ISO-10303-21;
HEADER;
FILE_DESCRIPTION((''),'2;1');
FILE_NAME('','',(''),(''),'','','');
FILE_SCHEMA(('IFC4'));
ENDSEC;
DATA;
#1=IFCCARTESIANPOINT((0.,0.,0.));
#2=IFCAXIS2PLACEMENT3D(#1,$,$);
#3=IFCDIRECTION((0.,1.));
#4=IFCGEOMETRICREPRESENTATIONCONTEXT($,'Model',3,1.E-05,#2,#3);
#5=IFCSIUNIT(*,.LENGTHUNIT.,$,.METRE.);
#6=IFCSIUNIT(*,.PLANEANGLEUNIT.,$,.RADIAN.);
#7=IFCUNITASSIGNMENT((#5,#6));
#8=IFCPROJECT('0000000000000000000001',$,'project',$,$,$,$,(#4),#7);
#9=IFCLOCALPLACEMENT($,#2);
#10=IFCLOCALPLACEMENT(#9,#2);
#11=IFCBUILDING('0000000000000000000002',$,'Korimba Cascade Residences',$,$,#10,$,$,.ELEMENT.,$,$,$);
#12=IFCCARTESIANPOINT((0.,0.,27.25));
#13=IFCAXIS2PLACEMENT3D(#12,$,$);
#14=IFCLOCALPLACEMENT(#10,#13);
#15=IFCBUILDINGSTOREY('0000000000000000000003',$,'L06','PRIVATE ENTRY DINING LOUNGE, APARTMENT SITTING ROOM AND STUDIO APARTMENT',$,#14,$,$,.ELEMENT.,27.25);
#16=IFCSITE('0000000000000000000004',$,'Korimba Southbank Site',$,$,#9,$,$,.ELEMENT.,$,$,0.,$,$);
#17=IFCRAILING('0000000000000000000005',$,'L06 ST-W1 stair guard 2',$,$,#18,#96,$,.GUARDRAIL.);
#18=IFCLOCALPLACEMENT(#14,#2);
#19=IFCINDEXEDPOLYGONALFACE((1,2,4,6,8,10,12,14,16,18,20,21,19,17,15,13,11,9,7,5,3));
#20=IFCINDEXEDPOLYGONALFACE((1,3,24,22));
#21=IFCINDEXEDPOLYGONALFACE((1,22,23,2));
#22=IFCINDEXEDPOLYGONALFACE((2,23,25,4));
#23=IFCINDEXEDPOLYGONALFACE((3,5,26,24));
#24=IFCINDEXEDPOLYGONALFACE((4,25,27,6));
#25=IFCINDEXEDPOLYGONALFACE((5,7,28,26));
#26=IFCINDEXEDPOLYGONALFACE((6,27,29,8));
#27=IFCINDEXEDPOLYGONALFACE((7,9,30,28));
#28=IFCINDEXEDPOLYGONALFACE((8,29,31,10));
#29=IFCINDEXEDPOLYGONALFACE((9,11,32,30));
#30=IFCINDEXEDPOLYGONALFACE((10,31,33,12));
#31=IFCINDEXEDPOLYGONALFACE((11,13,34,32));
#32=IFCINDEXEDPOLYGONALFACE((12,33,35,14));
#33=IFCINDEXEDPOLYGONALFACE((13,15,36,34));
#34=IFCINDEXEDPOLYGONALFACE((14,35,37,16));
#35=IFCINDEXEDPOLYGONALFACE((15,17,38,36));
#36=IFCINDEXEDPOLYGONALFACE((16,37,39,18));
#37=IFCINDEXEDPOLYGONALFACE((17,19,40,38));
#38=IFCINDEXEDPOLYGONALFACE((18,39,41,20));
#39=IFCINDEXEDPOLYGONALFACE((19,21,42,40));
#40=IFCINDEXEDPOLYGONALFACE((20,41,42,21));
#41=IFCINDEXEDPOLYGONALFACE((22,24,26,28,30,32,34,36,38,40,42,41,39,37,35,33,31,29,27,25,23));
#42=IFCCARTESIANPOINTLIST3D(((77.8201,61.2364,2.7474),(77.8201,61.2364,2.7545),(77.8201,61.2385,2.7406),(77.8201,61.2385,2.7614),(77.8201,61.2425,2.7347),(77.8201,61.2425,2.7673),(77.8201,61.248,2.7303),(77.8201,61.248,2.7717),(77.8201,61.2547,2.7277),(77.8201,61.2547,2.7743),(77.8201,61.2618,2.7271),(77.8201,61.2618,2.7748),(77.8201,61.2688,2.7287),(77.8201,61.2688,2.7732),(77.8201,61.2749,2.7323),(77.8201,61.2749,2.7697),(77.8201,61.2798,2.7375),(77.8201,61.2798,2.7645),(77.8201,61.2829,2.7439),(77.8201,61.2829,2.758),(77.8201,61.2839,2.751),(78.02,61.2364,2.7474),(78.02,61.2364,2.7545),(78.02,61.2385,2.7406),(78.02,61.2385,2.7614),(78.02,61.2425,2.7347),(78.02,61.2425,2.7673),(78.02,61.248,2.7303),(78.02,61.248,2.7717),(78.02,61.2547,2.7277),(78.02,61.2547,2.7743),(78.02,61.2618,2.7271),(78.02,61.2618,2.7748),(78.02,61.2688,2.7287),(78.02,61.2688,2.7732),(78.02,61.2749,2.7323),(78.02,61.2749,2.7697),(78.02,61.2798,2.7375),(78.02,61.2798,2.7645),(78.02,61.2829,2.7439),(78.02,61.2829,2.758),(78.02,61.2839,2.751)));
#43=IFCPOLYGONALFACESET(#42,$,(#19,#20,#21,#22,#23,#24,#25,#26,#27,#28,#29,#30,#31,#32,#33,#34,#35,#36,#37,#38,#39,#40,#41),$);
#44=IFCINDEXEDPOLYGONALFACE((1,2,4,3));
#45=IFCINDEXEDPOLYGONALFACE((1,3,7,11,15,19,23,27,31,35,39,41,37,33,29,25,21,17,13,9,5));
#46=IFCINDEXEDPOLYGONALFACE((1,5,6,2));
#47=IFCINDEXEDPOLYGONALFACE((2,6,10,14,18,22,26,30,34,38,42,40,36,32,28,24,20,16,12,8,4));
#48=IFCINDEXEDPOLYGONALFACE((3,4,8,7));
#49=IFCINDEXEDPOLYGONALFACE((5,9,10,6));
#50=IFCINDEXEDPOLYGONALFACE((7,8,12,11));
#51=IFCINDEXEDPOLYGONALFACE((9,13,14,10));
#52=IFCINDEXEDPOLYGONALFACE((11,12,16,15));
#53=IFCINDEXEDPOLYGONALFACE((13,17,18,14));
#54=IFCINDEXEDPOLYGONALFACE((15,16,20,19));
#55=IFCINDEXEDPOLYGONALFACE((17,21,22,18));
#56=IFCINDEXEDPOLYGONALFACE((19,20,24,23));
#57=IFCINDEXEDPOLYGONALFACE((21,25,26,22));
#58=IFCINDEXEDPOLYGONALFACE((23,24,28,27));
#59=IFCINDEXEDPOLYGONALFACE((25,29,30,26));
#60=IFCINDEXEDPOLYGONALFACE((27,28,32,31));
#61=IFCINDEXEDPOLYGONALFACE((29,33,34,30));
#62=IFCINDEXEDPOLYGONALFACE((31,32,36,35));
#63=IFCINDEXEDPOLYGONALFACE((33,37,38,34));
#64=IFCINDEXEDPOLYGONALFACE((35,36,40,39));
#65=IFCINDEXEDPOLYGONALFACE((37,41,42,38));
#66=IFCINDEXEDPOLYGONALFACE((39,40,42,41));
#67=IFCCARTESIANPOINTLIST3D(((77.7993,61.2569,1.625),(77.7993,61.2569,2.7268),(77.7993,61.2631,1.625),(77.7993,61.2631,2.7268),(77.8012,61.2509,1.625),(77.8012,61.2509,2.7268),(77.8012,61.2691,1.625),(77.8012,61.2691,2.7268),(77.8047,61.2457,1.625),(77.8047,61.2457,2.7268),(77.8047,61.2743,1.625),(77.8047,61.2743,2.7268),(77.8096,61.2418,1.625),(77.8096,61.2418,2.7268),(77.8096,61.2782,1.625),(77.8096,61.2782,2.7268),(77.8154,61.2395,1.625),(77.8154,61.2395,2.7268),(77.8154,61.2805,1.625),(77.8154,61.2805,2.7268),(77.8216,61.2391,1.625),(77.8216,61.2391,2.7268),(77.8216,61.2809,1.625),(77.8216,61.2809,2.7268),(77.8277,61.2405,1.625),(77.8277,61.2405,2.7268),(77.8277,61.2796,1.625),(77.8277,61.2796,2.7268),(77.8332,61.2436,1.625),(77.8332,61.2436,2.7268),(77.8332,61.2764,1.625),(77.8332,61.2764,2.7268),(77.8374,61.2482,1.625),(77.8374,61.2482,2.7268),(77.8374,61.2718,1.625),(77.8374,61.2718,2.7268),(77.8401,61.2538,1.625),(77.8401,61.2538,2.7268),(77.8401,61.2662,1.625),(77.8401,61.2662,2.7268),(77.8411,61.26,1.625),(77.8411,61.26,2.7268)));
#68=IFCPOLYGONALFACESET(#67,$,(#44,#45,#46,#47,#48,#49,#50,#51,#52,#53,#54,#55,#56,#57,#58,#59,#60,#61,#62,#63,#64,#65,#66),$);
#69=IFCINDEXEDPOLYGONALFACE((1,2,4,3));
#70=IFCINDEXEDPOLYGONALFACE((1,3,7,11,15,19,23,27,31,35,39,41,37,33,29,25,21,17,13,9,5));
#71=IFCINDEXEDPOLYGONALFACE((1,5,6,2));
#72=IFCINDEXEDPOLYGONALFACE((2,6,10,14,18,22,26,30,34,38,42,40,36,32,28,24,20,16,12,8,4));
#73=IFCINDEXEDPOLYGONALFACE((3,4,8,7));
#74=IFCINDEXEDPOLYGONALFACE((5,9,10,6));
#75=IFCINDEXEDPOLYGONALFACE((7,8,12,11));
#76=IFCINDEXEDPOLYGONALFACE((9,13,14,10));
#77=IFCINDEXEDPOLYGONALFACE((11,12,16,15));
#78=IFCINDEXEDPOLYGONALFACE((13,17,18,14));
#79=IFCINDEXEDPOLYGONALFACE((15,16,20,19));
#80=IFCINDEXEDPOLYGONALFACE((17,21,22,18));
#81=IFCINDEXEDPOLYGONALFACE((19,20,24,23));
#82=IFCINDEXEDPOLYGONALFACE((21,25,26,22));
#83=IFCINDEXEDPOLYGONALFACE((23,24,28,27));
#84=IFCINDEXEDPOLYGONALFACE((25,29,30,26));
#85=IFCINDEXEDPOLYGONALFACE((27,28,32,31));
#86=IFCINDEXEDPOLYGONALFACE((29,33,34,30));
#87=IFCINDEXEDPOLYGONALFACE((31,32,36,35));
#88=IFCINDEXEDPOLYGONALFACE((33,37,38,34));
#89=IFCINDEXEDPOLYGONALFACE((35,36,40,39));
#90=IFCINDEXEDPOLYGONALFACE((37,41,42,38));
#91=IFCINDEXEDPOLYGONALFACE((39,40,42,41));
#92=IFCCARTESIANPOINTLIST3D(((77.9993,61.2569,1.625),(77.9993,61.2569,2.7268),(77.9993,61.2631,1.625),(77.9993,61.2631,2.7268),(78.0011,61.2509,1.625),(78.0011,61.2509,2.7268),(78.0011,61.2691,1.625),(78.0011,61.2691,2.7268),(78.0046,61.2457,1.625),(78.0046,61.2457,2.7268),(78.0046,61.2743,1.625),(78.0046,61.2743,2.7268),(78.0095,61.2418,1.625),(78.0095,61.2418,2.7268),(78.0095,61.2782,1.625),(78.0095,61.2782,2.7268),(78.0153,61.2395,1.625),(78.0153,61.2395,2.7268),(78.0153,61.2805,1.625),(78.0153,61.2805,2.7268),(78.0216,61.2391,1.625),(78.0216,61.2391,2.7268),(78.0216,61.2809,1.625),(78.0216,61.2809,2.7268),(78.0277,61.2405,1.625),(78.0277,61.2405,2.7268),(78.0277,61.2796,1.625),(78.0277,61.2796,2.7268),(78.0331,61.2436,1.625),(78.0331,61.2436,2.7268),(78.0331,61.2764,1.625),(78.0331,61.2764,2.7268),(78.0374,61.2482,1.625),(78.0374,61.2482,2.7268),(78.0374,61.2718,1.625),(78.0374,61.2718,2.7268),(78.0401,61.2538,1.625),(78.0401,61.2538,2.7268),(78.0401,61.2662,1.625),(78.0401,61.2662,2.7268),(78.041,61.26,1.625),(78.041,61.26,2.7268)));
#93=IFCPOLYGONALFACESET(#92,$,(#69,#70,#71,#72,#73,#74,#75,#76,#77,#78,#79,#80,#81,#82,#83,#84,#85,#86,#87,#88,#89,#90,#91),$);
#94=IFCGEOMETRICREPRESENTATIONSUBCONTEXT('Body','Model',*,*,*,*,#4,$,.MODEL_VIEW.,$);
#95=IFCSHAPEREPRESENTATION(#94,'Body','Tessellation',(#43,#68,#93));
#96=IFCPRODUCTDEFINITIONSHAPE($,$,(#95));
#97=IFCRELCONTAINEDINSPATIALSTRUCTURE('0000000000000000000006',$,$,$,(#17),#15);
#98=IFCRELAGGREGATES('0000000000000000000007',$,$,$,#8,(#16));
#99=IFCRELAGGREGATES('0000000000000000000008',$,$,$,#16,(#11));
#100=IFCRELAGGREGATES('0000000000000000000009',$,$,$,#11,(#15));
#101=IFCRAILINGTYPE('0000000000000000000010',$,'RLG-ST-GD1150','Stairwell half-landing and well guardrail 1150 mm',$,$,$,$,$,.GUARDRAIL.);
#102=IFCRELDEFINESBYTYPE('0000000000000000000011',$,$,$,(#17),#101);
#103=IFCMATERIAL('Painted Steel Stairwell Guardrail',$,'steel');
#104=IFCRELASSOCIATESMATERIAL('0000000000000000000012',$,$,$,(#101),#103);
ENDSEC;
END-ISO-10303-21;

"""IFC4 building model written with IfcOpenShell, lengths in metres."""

from ifc_helpers import new_model, si_unit, direction, frame, origin, origin_2d, place, context, subcontext, project, spatial, circle, extrude, material, type_object, element, save


model = new_model("IFC4")

# Units and contexts
model_context = context("Model", 3, precision=1e-05, world=origin(), true_north=direction((0.0, 1.0)))
body_context = subcontext(model_context, "Body", "Model", "MODEL_VIEW")
ifc_project = project(units=[si_unit("LENGTHUNIT", "METRE"), si_unit("PLANEANGLEUNIT", "RADIAN")], contexts=[model_context])

# Site, building, storey
site_placement = place(None, origin())
site = spatial("IfcSite", under=ifc_project, at=site_placement, Name="Korimba Southbank Site", CompositionType="ELEMENT", RefElevation=0.0)
building_placement = place(site_placement, origin())
building = spatial("IfcBuilding", under=site, at=building_placement, Name="Korimba Cascade Residences", CompositionType="ELEMENT")
storey_placement = place(building_placement, frame((0.0, 0.0, 27.25)))
storey = spatial("IfcBuildingStorey", under=building, at=storey_placement, Name="L06", Description="PRIVATE ENTRY DINING LOUNGE, APARTMENT SITTING ROOM AND STUDIO APARTMENT", CompositionType="ELEMENT", Elevation=27.25)

# Railing
ifc_material_1 = material(Name="Painted Steel Stairwell Guardrail", Category="steel")
railing_type = type_object("IfcRailingType", Name="RLG-ST-GD1150", Description="Stairwell half-landing and well guardrail 1150 mm", PredefinedType="GUARDRAIL", material=ifc_material_1)
railing_1_placement = place(storey_placement, frame((77.8201, 61.26, 1.625)))
element("IfcRailing", 1, at=railing_1_placement, inside=storey, type_object=railing_type, Name="L06 ST-W1 stair guard 2", PredefinedType="GUARDRAIL", context=body_context, shape_type="SweptSolid", body=[
    extrude(circle(Radius=0.0239, at=origin_2d()), frame((0.0, 0.0, 1.126), z_axis=(1.0, 0.0, 0.0), x_axis=(0.0, 1.0, 0.0)), (0.0, 0.0, 1.0), 0.2),
    extrude(circle(Radius=0.021, at=origin_2d()), origin(), (0.0, 0.0, 1.0), 1.1018),
    extrude(circle(Radius=0.021, at=origin_2d()), frame((0.2, 0.0, 0.0)), (0.0, 0.0, 1.0), 1.1018),
])

save(model, "model.ifc")
